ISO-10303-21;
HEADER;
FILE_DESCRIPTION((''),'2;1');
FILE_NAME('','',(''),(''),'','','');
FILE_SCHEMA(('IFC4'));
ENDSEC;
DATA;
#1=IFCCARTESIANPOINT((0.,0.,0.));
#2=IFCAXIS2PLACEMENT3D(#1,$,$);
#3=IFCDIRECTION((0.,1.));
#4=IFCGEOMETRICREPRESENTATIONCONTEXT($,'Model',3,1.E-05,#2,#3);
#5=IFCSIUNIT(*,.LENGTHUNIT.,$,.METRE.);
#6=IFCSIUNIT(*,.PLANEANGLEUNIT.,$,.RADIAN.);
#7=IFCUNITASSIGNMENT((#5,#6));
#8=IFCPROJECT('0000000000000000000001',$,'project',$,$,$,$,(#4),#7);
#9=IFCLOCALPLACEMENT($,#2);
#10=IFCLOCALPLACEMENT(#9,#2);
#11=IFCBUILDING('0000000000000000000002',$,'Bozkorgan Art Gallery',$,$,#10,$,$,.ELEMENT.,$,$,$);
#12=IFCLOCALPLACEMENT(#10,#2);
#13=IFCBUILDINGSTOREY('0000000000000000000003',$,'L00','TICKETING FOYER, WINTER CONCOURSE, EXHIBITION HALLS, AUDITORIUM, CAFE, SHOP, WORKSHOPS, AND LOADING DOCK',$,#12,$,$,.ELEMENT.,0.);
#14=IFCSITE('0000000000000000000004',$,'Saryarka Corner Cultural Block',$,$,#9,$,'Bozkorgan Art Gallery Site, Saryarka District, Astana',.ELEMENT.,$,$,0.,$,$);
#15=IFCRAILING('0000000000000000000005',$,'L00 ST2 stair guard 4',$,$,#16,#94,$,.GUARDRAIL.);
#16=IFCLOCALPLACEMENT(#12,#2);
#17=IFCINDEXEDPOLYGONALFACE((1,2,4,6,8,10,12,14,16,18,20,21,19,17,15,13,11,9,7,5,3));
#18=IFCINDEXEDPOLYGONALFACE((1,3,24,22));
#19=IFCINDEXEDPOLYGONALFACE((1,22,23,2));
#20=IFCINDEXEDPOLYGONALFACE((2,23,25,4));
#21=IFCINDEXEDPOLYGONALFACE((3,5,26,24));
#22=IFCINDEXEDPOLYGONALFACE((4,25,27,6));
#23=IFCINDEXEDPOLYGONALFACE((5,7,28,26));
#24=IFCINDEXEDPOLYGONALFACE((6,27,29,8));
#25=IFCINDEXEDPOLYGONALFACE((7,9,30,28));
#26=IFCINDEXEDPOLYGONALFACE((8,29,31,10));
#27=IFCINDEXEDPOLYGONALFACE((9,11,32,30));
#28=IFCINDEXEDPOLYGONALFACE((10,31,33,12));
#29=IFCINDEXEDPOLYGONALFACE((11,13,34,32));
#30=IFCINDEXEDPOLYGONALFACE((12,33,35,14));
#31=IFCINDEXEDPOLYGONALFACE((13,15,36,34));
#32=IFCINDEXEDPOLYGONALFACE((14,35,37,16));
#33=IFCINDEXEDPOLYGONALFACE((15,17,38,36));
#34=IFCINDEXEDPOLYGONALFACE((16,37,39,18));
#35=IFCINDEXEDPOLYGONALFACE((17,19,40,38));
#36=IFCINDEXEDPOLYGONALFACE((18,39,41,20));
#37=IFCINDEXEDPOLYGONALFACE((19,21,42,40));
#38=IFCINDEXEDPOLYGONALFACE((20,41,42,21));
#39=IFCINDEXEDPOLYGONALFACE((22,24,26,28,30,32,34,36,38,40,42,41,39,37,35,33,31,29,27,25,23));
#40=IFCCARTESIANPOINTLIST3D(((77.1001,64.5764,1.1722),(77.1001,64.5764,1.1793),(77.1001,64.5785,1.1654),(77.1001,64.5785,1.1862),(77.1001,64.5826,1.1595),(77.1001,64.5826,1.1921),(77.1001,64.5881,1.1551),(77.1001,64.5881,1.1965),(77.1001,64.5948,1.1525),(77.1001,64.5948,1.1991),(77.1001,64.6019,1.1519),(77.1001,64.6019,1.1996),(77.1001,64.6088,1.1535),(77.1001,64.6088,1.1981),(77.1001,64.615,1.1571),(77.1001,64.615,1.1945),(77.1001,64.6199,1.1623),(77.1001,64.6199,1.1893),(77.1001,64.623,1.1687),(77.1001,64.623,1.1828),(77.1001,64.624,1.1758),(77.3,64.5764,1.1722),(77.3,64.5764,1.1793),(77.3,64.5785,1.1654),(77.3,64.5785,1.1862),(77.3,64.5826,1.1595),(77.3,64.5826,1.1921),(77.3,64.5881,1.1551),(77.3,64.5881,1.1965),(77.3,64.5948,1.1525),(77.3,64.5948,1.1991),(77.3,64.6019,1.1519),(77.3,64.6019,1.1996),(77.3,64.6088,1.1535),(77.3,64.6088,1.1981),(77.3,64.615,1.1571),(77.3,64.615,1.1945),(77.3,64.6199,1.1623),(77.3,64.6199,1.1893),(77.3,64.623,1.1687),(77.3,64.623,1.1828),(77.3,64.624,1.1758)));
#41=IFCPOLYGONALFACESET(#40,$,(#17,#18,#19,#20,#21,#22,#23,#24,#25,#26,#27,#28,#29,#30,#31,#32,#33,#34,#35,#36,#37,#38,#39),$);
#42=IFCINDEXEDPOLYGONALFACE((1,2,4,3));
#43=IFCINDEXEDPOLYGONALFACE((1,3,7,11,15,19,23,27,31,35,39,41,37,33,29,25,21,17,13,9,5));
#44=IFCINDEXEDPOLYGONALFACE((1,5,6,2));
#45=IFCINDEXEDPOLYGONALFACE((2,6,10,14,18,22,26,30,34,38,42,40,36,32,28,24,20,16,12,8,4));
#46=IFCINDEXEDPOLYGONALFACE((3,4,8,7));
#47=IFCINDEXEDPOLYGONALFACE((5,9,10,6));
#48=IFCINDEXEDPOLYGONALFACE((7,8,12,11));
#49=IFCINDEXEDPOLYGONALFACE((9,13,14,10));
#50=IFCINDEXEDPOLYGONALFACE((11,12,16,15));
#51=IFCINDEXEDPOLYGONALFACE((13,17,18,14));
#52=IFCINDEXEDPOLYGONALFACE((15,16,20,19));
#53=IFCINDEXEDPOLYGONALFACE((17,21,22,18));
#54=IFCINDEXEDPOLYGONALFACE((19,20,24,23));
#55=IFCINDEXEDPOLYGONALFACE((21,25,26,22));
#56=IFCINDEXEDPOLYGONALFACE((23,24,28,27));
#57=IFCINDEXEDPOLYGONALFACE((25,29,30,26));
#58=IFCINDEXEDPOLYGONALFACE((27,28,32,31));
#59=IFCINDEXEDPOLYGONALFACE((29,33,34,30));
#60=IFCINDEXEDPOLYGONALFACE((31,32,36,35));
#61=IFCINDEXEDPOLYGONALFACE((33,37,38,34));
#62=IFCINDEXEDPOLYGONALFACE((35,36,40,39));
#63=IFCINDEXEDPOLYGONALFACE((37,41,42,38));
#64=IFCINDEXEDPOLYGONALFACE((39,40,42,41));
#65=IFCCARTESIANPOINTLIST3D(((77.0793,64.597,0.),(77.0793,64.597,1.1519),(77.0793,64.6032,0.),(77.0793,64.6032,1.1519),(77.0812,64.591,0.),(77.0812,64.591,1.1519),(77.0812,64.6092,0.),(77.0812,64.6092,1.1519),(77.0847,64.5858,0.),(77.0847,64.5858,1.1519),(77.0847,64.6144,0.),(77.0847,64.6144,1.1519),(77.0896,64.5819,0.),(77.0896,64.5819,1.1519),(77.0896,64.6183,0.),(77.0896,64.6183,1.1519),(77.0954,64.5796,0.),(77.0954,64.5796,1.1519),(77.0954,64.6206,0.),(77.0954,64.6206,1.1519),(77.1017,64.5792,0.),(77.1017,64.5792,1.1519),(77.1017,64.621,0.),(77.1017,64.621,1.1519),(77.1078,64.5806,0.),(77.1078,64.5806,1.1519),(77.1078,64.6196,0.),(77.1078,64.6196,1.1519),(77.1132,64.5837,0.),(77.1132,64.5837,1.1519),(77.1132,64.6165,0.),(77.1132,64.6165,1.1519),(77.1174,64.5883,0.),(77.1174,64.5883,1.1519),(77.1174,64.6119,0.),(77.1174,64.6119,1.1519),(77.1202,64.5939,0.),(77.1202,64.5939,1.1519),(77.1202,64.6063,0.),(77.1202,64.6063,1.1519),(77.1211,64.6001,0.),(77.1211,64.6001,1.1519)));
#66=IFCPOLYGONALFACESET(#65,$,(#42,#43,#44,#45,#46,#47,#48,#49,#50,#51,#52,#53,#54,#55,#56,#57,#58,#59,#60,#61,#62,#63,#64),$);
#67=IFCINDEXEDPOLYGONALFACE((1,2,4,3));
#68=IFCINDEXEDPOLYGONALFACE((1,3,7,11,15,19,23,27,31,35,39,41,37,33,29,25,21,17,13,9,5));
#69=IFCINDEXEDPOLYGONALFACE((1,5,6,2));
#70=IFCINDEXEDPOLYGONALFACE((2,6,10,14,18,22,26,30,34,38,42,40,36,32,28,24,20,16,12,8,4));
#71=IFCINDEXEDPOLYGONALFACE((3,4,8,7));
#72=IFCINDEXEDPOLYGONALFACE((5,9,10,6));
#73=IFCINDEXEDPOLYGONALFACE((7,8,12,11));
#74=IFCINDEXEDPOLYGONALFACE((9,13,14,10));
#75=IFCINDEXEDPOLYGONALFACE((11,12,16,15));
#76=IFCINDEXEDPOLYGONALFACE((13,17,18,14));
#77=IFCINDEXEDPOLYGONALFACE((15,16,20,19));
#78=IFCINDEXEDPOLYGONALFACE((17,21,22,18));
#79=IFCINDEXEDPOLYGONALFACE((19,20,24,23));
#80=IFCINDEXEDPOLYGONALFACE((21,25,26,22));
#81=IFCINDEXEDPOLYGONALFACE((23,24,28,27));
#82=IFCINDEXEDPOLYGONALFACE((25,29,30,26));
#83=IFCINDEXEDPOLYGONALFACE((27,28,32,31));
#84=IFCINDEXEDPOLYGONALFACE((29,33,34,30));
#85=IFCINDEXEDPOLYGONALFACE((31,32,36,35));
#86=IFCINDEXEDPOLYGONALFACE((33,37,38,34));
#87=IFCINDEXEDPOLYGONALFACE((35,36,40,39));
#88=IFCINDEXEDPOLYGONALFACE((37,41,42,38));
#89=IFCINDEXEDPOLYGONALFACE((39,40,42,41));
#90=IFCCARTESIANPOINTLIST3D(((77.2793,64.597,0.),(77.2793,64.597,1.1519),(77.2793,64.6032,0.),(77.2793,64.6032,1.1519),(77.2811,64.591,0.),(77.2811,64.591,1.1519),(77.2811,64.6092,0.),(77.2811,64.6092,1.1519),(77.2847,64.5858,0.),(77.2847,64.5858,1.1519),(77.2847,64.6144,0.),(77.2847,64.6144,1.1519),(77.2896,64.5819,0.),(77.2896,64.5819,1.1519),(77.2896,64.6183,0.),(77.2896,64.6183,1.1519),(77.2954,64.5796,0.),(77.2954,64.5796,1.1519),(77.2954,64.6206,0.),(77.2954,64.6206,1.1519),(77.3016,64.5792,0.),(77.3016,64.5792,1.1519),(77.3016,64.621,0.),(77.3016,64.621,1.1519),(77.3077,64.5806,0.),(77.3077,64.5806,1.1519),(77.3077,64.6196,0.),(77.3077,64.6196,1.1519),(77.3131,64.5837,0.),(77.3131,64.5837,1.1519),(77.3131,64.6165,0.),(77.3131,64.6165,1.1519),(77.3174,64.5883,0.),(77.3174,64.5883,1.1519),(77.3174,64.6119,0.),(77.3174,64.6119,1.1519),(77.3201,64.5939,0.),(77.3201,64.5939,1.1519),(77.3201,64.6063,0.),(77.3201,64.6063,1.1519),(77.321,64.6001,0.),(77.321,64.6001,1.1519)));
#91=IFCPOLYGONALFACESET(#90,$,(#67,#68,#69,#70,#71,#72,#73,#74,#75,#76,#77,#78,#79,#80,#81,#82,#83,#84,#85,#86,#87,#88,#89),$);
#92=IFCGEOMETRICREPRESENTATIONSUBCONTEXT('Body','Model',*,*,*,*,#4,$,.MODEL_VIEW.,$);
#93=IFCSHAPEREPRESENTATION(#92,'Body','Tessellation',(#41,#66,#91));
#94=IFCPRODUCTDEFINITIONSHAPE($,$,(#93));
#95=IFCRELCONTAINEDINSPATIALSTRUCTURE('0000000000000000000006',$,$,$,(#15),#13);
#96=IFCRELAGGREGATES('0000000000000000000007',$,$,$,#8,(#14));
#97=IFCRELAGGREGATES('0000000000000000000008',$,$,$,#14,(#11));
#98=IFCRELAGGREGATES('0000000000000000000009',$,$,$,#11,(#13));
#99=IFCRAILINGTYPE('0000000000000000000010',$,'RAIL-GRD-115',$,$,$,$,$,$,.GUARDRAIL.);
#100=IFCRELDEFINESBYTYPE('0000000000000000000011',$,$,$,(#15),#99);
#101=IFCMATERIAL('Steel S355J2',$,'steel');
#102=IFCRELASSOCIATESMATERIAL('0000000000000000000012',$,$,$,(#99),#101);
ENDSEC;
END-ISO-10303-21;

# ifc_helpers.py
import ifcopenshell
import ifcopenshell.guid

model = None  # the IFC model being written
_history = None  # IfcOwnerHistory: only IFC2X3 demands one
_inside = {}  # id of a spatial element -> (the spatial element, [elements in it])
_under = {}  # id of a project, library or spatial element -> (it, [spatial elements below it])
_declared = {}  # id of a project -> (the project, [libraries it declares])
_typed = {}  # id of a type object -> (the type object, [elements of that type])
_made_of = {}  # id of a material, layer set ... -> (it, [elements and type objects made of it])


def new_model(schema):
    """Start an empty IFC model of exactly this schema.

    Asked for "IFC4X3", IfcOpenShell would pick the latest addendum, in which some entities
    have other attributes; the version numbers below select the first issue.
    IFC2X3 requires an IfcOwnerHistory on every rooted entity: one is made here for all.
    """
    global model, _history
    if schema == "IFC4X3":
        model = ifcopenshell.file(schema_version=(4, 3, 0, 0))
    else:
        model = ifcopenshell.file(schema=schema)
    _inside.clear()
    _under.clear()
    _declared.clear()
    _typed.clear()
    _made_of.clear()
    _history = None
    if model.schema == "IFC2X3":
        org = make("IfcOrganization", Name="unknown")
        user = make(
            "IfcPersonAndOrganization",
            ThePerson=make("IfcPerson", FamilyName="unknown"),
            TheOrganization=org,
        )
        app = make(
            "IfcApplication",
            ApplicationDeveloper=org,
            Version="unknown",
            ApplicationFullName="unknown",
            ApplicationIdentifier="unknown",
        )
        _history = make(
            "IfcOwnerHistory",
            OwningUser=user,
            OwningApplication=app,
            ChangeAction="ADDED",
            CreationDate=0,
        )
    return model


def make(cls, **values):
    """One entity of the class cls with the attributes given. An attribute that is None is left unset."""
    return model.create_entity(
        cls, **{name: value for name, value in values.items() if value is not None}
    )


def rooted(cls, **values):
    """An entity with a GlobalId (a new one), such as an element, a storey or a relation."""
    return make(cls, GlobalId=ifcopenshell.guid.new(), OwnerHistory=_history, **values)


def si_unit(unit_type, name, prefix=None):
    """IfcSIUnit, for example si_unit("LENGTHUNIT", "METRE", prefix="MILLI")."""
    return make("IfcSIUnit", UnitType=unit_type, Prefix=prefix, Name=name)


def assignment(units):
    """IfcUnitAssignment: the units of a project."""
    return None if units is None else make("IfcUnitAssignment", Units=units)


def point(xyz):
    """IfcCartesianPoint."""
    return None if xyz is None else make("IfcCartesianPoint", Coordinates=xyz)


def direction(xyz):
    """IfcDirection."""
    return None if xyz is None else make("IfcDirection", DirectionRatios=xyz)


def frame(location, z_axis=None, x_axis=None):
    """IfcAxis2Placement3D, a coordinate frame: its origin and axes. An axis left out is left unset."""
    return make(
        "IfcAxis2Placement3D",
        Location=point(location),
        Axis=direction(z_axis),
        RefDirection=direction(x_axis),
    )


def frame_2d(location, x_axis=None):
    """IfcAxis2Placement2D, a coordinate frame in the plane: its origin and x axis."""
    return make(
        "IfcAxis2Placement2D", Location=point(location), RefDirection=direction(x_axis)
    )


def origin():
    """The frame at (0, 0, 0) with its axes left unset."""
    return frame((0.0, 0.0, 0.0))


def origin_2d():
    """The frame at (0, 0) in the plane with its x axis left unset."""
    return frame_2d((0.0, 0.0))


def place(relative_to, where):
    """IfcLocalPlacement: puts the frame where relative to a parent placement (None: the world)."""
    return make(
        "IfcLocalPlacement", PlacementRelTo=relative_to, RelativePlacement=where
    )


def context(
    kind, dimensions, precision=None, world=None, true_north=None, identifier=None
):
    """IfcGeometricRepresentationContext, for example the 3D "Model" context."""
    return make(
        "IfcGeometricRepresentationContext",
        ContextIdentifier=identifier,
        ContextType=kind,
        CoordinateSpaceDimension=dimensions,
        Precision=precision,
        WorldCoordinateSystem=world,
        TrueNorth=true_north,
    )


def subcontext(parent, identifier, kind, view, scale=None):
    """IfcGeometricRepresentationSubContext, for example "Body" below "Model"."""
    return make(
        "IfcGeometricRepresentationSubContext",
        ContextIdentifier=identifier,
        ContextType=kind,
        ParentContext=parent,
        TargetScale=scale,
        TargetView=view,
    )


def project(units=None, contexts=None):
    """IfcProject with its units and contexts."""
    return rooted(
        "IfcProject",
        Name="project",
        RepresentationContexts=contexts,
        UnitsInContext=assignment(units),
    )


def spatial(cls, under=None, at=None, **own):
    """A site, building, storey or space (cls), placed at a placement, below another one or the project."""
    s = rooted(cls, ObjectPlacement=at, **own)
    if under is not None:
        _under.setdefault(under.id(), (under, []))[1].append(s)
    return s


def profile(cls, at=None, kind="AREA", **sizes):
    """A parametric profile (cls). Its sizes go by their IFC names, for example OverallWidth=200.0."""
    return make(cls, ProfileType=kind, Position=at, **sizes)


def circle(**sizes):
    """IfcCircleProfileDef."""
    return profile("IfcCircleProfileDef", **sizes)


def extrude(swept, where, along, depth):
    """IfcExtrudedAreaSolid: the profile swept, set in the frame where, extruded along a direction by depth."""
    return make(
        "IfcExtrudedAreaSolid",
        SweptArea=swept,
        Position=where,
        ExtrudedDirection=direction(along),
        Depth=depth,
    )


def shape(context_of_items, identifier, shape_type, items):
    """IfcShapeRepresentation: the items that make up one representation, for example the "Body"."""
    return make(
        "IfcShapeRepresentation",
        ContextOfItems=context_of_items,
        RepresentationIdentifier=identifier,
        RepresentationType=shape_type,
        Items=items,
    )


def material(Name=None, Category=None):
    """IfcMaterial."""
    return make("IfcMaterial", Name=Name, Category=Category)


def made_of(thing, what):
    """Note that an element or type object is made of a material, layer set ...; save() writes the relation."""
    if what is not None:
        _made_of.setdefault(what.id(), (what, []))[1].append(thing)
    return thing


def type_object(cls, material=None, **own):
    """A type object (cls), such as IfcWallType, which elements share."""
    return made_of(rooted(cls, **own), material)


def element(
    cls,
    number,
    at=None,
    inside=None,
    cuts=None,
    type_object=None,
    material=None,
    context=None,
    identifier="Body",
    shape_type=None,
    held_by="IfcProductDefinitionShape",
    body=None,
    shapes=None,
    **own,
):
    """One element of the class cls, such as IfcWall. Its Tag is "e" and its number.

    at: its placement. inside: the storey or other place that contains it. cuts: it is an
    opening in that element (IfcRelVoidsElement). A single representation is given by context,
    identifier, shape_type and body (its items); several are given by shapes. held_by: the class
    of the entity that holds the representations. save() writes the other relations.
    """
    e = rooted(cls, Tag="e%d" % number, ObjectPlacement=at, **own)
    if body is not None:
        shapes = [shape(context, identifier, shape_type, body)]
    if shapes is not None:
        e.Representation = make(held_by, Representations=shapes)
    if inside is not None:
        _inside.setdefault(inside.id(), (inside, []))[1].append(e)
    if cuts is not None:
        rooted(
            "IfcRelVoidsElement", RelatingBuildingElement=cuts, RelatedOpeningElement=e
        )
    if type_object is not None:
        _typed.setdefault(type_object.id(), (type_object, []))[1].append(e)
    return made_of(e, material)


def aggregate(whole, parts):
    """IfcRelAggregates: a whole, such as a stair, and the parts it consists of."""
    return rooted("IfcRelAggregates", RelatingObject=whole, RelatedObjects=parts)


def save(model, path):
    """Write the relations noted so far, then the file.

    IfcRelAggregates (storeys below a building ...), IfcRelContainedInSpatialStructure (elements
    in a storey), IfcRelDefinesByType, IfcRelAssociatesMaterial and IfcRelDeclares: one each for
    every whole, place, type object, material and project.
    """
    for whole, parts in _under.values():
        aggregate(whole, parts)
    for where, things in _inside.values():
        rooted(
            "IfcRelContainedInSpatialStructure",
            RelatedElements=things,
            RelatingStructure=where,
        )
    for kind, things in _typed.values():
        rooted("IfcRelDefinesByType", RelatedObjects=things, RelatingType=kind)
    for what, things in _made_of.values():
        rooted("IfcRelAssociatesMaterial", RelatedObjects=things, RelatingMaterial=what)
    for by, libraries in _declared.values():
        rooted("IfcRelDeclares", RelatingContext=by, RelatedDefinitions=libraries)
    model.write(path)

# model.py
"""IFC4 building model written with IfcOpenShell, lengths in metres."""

from ifc_helpers import new_model, si_unit, direction, frame, origin, origin_2d, place, context, subcontext, project, spatial, circle, extrude, material, type_object, element, save


model = new_model("IFC4")

# Units and contexts
model_context = context("Model", 3, precision=1e-05, world=origin(), true_north=direction((0.0, 1.0)))
body_context = subcontext(model_context, "Body", "Model", "MODEL_VIEW")
ifc_project = project(units=[si_unit("LENGTHUNIT", "METRE"), si_unit("PLANEANGLEUNIT", "RADIAN")], contexts=[model_context])

# Site, building, storey
site_placement = place(None, origin())
site = spatial("IfcSite", under=ifc_project, at=site_placement, Name="Saryarka Corner Cultural Block", LongName="Bozkorgan Art Gallery Site, Saryarka District, Astana", CompositionType="ELEMENT", RefElevation=0.0)
building_placement = place(site_placement, origin())
building = spatial("IfcBuilding", under=site, at=building_placement, Name="Bozkorgan Art Gallery", CompositionType="ELEMENT")
storey_placement = place(building_placement, origin())
storey = spatial("IfcBuildingStorey", under=building, at=storey_placement, Name="L00", Description="TICKETING FOYER, WINTER CONCOURSE, EXHIBITION HALLS, AUDITORIUM, CAFE, SHOP, WORKSHOPS, AND LOADING DOCK", CompositionType="ELEMENT", Elevation=0.0)

# Shared definitions
ifc_material_1 = material(Name="Steel S355J2", Category="steel")

# Railing
railing_type_1 = type_object("IfcRailingType", Name="RAIL-GRD-115", PredefinedType="GUARDRAIL", material=ifc_material_1)
railing_1_placement = place(storey_placement, frame((77.1001, 64.6001, 0.0)))
element("IfcRailing", 1, at=railing_1_placement, inside=storey, type_object=railing_type_1, Name="L00 ST2 stair guard 4", PredefinedType="GUARDRAIL", context=body_context, shape_type="SweptSolid", body=[
    extrude(circle(Radius=0.0239, at=origin_2d()), frame((0.0, 0.0, 1.1758), z_axis=(1.0, 0.0, 0.0), x_axis=(0.0, 1.0, 0.0)), (0.0, 0.0, 1.0), 0.2),
    extrude(circle(Radius=0.021, at=origin_2d()), origin(), (0.0, 0.0, 1.0), 1.1519),
    extrude(circle(Radius=0.021, at=origin_2d()), frame((0.2, 0.0, 0.0)), (0.0, 0.0, 1.0), 1.1519),
])

save(model, "model.ifc")
